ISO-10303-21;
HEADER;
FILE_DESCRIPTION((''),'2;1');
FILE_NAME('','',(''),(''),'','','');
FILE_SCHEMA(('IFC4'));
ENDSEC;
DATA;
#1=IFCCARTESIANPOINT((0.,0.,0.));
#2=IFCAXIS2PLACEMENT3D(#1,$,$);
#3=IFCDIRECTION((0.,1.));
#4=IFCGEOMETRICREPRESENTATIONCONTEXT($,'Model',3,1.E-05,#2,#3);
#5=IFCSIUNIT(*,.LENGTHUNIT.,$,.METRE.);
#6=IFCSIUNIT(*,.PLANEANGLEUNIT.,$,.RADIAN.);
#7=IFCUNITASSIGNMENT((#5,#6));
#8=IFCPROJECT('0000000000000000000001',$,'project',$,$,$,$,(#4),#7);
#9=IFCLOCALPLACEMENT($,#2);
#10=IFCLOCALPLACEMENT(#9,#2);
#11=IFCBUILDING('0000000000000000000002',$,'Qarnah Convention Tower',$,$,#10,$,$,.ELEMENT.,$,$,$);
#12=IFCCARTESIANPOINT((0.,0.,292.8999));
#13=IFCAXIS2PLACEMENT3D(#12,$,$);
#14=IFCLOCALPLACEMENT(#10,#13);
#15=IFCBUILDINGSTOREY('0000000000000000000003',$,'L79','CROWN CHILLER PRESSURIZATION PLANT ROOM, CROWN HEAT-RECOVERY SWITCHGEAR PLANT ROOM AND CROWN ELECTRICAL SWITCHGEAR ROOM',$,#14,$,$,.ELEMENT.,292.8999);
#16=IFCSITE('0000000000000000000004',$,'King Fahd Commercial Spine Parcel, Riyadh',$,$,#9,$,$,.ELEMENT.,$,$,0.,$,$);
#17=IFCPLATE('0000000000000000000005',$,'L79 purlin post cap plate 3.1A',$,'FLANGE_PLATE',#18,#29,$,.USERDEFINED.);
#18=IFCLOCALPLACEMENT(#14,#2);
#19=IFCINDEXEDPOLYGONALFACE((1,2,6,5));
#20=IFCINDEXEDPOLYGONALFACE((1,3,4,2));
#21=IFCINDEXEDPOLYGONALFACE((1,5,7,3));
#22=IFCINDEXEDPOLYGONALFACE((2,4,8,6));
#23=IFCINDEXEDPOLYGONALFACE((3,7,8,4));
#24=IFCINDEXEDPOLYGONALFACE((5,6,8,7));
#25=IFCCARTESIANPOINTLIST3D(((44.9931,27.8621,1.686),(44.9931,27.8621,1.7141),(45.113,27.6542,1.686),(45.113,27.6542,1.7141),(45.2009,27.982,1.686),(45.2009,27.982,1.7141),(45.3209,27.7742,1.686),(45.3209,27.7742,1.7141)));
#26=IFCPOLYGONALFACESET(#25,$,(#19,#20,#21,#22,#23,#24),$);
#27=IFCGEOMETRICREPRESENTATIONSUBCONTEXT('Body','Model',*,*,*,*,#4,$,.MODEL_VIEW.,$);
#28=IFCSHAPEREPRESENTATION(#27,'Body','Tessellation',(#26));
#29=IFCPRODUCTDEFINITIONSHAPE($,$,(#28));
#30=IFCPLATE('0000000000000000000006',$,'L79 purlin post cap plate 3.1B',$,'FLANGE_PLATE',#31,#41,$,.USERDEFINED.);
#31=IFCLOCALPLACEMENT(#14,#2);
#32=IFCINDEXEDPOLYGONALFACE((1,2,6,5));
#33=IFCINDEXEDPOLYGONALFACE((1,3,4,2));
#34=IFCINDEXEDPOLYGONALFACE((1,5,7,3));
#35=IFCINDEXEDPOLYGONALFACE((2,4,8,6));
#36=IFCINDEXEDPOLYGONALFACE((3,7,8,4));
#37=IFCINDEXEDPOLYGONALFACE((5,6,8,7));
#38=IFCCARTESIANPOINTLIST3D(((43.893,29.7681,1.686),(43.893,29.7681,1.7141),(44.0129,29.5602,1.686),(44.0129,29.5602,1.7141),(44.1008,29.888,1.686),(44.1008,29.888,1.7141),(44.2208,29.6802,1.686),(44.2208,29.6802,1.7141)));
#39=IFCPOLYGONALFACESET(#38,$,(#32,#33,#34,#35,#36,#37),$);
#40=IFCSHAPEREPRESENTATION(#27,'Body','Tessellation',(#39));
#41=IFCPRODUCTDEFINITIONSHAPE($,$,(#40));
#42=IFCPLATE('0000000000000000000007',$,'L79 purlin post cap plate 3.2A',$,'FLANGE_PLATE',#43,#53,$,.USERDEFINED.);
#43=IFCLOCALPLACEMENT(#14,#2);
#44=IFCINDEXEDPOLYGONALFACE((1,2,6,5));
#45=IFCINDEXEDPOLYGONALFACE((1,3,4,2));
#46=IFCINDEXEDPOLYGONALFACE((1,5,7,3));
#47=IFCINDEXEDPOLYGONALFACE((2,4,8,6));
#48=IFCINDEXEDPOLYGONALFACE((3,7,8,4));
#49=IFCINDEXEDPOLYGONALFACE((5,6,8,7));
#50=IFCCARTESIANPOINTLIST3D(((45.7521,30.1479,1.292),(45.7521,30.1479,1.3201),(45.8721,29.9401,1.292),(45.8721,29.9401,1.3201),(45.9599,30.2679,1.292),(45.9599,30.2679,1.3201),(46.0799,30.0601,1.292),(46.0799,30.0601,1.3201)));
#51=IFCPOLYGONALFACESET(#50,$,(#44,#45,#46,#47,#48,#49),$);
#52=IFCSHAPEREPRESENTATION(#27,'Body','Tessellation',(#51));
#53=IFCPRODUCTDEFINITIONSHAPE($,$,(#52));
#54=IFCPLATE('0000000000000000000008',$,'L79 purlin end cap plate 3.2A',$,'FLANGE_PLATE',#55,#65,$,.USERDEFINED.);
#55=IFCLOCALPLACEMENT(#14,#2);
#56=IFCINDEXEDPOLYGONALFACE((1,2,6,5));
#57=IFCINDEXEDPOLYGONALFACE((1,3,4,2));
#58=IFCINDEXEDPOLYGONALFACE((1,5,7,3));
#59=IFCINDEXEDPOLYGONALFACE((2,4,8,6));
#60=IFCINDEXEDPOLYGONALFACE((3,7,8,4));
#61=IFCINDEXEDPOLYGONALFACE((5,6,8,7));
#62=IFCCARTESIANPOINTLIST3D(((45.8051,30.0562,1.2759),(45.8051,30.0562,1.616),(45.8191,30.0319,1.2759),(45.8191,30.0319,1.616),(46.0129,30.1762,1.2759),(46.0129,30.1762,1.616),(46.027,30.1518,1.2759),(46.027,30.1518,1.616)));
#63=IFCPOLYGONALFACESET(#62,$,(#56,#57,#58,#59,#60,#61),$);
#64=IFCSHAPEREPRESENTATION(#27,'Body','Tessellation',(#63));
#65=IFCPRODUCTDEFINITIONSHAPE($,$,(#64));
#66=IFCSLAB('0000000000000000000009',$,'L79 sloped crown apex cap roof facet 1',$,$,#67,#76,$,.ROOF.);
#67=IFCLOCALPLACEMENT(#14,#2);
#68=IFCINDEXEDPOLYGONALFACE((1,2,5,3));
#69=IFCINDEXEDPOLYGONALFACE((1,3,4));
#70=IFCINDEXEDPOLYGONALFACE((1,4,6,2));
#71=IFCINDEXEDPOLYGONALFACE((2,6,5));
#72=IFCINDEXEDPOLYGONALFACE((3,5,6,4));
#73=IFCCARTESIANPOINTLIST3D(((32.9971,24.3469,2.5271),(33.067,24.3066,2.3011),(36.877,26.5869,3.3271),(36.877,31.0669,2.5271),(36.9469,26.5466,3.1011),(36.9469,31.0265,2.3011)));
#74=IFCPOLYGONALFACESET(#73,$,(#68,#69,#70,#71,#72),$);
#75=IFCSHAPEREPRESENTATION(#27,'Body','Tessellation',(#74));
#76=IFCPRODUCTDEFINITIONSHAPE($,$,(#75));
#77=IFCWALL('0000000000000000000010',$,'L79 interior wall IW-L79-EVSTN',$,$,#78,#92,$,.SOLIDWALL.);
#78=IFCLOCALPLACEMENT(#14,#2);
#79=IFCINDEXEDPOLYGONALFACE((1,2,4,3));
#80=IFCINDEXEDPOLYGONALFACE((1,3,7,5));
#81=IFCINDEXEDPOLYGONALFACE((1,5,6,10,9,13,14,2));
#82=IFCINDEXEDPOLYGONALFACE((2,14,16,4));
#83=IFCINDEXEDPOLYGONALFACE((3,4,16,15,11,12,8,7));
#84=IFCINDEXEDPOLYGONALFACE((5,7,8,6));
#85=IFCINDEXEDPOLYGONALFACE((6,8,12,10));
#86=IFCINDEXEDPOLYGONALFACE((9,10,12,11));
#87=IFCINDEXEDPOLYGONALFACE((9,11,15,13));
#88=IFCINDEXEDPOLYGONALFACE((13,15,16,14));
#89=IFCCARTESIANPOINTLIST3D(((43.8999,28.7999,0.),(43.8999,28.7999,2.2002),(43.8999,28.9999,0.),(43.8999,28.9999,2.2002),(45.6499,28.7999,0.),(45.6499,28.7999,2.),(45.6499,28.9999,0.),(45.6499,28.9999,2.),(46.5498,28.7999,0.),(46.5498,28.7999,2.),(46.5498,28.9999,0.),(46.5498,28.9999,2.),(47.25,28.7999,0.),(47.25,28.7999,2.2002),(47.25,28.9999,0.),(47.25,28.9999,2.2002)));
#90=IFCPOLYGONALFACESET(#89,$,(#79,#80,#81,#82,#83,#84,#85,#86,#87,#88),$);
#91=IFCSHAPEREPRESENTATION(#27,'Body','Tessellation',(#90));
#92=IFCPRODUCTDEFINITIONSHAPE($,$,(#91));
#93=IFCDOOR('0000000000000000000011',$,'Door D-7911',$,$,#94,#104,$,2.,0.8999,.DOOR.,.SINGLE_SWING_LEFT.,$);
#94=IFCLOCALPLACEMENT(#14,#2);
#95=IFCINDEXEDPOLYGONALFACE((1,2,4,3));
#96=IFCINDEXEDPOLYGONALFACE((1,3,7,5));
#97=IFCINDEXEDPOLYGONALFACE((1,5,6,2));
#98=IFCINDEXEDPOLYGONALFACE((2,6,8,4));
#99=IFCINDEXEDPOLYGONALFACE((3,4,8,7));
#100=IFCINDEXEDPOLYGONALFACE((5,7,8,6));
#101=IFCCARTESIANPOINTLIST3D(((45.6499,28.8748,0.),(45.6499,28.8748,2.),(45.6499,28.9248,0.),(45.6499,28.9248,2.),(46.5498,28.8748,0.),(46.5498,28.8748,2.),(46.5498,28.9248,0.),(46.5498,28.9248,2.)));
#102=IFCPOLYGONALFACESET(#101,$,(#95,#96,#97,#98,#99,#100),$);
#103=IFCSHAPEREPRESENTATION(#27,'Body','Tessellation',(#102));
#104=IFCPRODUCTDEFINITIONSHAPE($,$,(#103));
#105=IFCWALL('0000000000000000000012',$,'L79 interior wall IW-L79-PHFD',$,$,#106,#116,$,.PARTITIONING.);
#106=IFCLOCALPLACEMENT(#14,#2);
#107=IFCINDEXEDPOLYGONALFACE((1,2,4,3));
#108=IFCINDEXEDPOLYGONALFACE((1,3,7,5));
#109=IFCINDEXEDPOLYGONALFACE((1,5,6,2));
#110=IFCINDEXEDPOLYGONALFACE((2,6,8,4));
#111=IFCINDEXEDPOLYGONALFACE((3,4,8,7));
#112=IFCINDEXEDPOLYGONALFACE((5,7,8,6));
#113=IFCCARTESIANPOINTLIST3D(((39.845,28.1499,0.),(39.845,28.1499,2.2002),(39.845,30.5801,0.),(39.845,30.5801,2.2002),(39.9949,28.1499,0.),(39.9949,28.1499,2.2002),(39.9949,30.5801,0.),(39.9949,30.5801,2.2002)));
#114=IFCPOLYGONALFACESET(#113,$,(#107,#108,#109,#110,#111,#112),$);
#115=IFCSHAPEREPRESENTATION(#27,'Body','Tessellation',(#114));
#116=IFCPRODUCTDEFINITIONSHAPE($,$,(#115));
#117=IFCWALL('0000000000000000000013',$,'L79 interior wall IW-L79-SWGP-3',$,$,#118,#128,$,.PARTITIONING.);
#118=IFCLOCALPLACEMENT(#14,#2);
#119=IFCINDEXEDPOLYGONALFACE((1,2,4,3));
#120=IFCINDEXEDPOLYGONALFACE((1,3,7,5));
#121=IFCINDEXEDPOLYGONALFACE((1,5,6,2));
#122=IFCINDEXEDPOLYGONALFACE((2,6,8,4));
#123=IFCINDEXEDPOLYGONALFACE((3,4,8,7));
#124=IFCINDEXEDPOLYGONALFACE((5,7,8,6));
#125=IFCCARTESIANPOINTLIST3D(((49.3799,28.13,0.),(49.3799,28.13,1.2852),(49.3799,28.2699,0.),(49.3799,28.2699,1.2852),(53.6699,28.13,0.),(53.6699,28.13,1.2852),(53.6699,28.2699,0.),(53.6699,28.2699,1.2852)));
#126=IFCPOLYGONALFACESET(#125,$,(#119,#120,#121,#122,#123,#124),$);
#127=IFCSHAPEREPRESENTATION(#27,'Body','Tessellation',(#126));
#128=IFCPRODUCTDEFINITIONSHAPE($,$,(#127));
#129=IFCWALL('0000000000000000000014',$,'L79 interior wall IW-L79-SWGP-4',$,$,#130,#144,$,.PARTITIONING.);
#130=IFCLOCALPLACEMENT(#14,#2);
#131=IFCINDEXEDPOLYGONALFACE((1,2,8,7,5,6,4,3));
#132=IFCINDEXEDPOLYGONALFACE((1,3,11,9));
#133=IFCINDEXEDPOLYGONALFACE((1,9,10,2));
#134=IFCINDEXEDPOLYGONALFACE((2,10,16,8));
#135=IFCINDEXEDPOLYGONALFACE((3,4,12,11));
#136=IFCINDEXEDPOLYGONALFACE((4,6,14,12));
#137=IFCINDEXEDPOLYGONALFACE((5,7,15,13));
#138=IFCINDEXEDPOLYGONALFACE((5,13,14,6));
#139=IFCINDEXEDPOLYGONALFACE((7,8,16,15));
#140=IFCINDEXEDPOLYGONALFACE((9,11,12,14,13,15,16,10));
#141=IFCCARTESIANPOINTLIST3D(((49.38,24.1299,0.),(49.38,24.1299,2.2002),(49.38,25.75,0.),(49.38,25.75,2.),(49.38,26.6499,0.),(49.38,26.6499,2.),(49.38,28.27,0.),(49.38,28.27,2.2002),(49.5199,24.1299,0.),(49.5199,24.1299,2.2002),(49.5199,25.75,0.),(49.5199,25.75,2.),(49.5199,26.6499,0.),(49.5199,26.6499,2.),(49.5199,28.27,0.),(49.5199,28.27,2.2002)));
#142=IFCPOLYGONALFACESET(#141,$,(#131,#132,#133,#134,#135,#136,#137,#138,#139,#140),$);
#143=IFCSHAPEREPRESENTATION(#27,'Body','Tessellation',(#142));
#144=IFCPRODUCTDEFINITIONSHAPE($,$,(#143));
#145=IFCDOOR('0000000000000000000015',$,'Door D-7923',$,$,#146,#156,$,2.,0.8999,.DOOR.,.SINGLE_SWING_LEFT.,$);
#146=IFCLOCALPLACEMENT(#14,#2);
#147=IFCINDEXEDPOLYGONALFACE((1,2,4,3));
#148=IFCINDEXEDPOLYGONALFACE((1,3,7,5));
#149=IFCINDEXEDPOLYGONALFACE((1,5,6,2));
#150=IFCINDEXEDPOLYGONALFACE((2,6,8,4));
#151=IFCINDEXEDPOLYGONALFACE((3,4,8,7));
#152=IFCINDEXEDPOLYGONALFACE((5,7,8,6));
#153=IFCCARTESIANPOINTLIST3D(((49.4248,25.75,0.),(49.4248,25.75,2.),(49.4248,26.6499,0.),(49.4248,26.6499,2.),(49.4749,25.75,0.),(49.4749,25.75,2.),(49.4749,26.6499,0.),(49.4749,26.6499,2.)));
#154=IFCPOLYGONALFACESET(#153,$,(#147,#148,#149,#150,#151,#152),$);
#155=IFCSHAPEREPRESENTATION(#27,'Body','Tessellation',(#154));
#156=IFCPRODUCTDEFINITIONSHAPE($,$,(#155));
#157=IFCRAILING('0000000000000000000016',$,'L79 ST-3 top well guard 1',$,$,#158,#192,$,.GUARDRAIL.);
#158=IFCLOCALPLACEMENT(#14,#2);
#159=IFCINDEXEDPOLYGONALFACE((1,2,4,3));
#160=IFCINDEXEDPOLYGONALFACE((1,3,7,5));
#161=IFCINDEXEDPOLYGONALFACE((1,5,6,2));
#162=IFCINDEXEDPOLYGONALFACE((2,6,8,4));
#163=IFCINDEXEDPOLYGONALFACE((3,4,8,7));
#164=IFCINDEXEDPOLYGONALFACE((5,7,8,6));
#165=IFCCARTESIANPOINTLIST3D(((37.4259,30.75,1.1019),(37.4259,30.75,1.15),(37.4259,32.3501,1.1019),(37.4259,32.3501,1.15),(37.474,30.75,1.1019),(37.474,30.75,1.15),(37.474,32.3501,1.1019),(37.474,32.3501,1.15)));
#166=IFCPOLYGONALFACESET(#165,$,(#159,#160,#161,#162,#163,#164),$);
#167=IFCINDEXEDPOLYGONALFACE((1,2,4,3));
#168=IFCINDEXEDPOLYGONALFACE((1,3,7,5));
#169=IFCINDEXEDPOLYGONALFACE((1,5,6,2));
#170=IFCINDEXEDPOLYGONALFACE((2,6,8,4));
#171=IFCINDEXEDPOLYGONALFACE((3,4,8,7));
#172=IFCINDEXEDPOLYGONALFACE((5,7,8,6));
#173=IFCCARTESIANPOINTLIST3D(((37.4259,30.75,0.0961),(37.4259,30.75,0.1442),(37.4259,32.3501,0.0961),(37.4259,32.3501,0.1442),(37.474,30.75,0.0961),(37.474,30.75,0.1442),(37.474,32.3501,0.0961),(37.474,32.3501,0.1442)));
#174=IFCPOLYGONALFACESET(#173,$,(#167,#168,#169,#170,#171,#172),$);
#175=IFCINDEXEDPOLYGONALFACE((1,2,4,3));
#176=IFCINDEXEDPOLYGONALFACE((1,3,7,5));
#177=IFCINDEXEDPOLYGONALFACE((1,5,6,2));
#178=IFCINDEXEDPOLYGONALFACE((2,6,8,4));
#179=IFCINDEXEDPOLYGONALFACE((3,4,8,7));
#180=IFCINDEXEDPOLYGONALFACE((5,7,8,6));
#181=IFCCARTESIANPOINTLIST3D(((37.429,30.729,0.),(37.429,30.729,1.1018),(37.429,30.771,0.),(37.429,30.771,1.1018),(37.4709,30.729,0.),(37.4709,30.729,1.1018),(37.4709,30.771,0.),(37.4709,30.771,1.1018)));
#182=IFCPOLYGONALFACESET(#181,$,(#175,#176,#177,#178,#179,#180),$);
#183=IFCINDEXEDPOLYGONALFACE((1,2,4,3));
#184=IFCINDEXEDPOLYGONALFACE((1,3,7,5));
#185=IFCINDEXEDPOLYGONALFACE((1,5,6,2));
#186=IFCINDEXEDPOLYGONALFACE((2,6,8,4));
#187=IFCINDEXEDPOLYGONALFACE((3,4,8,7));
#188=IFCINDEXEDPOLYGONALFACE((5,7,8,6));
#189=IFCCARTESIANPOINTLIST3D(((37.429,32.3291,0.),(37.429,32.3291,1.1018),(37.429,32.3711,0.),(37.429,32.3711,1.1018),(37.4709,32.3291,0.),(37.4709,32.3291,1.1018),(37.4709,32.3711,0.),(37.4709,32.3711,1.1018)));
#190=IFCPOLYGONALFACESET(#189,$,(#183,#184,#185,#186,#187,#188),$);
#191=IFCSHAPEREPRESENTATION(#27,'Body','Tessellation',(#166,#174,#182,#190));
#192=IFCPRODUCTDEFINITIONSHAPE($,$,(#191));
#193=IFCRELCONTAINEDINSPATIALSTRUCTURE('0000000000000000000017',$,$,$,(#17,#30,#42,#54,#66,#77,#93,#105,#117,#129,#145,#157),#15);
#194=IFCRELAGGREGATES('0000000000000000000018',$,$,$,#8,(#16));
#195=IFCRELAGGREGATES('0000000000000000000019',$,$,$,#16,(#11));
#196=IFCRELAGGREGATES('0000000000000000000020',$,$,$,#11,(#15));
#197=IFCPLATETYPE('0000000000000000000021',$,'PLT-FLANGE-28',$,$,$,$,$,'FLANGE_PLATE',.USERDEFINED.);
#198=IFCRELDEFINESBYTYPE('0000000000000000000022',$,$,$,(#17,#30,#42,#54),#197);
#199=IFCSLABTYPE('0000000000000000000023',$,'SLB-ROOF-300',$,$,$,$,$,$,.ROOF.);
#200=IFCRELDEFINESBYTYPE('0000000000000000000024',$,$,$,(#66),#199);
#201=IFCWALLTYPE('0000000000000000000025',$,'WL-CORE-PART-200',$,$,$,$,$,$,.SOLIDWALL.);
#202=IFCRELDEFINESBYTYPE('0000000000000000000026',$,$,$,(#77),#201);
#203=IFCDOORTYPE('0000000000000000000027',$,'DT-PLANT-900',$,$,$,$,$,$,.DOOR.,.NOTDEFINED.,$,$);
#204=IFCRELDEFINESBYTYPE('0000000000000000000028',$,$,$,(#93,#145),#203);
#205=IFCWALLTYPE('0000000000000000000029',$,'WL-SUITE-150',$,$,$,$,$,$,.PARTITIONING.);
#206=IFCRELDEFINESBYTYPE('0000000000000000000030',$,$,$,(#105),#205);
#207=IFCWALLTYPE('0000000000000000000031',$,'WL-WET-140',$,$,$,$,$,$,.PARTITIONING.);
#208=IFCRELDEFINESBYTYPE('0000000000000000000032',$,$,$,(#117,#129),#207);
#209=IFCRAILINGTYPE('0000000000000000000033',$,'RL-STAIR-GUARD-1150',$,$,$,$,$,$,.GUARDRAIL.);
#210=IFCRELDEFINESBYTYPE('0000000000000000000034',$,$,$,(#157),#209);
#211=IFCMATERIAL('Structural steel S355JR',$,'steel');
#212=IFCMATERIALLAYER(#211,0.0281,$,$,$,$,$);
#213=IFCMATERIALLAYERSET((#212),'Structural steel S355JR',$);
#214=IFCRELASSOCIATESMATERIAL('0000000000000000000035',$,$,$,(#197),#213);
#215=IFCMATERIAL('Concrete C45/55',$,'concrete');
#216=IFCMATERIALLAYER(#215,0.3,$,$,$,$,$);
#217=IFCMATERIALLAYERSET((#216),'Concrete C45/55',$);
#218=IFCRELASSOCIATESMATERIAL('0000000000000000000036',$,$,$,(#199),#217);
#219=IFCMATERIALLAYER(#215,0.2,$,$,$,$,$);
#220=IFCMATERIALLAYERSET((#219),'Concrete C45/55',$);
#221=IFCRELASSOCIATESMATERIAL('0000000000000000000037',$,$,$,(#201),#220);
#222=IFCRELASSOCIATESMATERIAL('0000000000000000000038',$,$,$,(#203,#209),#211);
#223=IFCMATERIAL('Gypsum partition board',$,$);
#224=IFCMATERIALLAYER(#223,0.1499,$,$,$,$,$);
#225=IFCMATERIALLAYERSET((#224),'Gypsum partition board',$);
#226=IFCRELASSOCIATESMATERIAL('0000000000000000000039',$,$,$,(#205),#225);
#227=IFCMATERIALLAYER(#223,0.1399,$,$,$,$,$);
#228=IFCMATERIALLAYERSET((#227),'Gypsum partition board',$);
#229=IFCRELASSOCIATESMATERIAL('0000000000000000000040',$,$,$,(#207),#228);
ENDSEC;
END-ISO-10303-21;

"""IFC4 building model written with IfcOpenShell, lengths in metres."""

from ifc_helpers import new_model, si_unit, direction, frame, frame_2d, origin, origin_2d, place, context, subcontext, project, spatial, polyline, rectangle, outline, extrude, material, layer, layer_set, type_object, element, fill, save


model = new_model("IFC4")

# Units and contexts
model_context = context("Model", 3, precision=1e-05, world=origin(), true_north=direction((0.0, 1.0)))
body_context = subcontext(model_context, "Body", "Model", "MODEL_VIEW")
ifc_project = project(units=[si_unit("LENGTHUNIT", "METRE"), si_unit("PLANEANGLEUNIT", "RADIAN")], contexts=[model_context])

# Site, building, storey
site_placement = place(None, origin())
site = spatial("IfcSite", under=ifc_project, at=site_placement, Name="King Fahd Commercial Spine Parcel, Riyadh", CompositionType="ELEMENT", RefElevation=0.0)
building_placement = place(site_placement, origin())
building = spatial("IfcBuilding", under=site, at=building_placement, Name="Qarnah Convention Tower", CompositionType="ELEMENT")
storey_placement = place(building_placement, frame((0.0, 0.0, 292.8999)))
storey = spatial("IfcBuildingStorey", under=building, at=storey_placement, Name="L79", Description="CROWN CHILLER PRESSURIZATION PLANT ROOM, CROWN HEAT-RECOVERY SWITCHGEAR PLANT ROOM AND CROWN ELECTRICAL SWITCHGEAR ROOM", CompositionType="ELEMENT", Elevation=292.8999)

# Shared definitions
ifc_material_1 = material(Name="Structural steel S355JR", Category="steel")

# Plates
ifc_layer_1 = layer(ifc_material_1, 0.0281)
ifc_layer_set_1 = layer_set([ifc_layer_1], Name="Structural steel S355JR")
plate_type_1 = type_object("IfcPlateType", Name="PLT-FLANGE-28", ElementType="FLANGE_PLATE", PredefinedType="USERDEFINED", material=ifc_layer_set_1)
for number, where, z_axis, x_axis, name in (
    (1, (45.157, 27.8181, 1.686), (0.0, 0.0, 1.0), (-0.499853, 0.86611, 0.0), "L79 purlin post cap plate 3.1A"),
    (2, (44.0569, 29.7241, 1.686), (0.0, 0.0, 1.0), (-0.499853, 0.86611, 0.0), "L79 purlin post cap plate 3.1B"),
    (3, (45.916, 30.104, 1.292), (0.0, 0.0, 1.0), (-0.499973, 0.866041, 0.0), "L79 purlin post cap plate 3.2A"),
):
    element("IfcPlate", number, at=place(storey_placement, frame(where, z_axis=z_axis, x_axis=x_axis)), inside=storey, type_object=plate_type_1, Name=name, ObjectType="FLANGE_PLATE", PredefinedType="USERDEFINED", context=body_context, shape_type="SweptSolid", body=[
        extrude(rectangle(XDim=0.24, YDim=0.24, at=origin_2d()), origin(), (0.0, 0.0, 1.0), 0.0281),
    ])
plate_placement = place(storey_placement, frame((45.916, 30.104, 1.2759), z_axis=(0.0, 0.0, 1.0), x_axis=(-0.499973, 0.866041, 0.0)))
element("IfcPlate", 4, at=plate_placement, inside=storey, type_object=plate_type_1, Name="L79 purlin end cap plate 3.2A", ObjectType="FLANGE_PLATE", PredefinedType="USERDEFINED", context=body_context, shape_type="SweptSolid", body=[
    extrude(rectangle(XDim=0.0281, YDim=0.24, at=origin_2d()), origin(), (0.0, 0.0, 1.0), 0.3401),
])

# Slab
ifc_material_2 = material(Name="Concrete C45/55", Category="concrete")
ifc_layer_2 = layer(ifc_material_2, 0.3)
ifc_layer_set_2 = layer_set([ifc_layer_2], Name="Concrete C45/55")
slab_type = type_object("IfcSlabType", Name="SLB-ROOF-300", PredefinedType="ROOF", material=ifc_layer_set_2)
slab_placement = place(storey_placement, frame((36.877, 31.0669, 2.5271), z_axis=(-0.291285, 0.168178, 0.941737), x_axis=(-0.50001, -0.866019, 0.0)))
element("IfcSlab", 5, at=slab_placement, inside=storey, type_object=slab_type, Name="L79 sloped crown apex cap roof facet 1", PredefinedType="ROOF", context=body_context, shape_type="SweptSolid", body=[
    extrude(outline(polyline([(0.0, 0.0), (7.7596, 0.0), (3.8798, 2.3786), (0.0, 0.0)])), origin(), (0.0, 0.0, -1.0), 0.24),
])

# Wall, opening, door
ifc_layer_3 = layer(ifc_material_2, 0.2)
ifc_layer_set_3 = layer_set([ifc_layer_3], Name="Concrete C45/55")
wall_type_1 = type_object("IfcWallType", Name="WL-CORE-PART-200", PredefinedType="SOLIDWALL", material=ifc_layer_set_3)
wall_1_placement = place(storey_placement, frame((43.8999, 28.8999, 0.0), z_axis=(0.0, 0.0, 1.0), x_axis=(1.0, 0.0, 0.0)))
wall_1 = element("IfcWall", 6, at=wall_1_placement, inside=storey, type_object=wall_type_1, Name="L79 interior wall IW-L79-EVSTN", PredefinedType="SOLIDWALL", context=body_context, shape_type="SweptSolid", body=[
    extrude(rectangle(XDim=3.3501, YDim=0.2, at=frame_2d((1.675, 0.0))), origin(), (0.0, 0.0, 1.0), 2.2002),
])
opening_1_placement = place(wall_1_placement, frame((1.75, 0.0, 0.0)))
opening_1 = element("IfcOpeningElement", 7, at=opening_1_placement, cuts=wall_1, PredefinedType="OPENING", context=body_context, shape_type="SweptSolid", body=[
    extrude(rectangle(XDim=0.8999, YDim=2.0, at=frame_2d((0.45, 1.0))), frame((0.0, 0.1099, 0.0), z_axis=(0.0, -1.0, 0.0), x_axis=(1.0, 0.0, 0.0)), (0.0, 0.0, 1.0), 0.22),
])
door_type = type_object("IfcDoorType", Name="DT-PLANT-900", OperationType="NOTDEFINED", PredefinedType="DOOR", material=ifc_material_1)
door_1_placement = place(opening_1_placement, origin())
door_1 = element("IfcDoor", 8, at=door_1_placement, inside=storey, type_object=door_type, Name="Door D-7911", OperationType="SINGLE_SWING_LEFT", OverallHeight=2.0, OverallWidth=0.8999, PredefinedType="DOOR", context=body_context, shape_type="SweptSolid", body=[
    extrude(rectangle(XDim=0.8999, YDim=2.0, at=frame_2d((0.45, 1.0))), frame((0.0, 0.0249, 0.0), z_axis=(0.0, -1.0, 0.0), x_axis=(1.0, 0.0, 0.0)), (0.0, 0.0, 1.0), 0.05),
])
fill(opening_1, door_1)

# Walls
ifc_material_3 = material(Name="Gypsum partition board")
ifc_layer_4 = layer(ifc_material_3, 0.1499)
ifc_layer_set_4 = layer_set([ifc_layer_4], Name="Gypsum partition board")
wall_type_2 = type_object("IfcWallType", Name="WL-SUITE-150", PredefinedType="PARTITIONING", material=ifc_layer_set_4)
wall_2_placement = place(storey_placement, frame((39.9199, 28.1499, 0.0), z_axis=(0.0, 0.0, 1.0), x_axis=(0.0, 1.0, 0.0)))
element("IfcWall", 9, at=wall_2_placement, inside=storey, type_object=wall_type_2, Name="L79 interior wall IW-L79-PHFD", PredefinedType="PARTITIONING", context=body_context, shape_type="SweptSolid", body=[
    extrude(rectangle(XDim=2.4302, YDim=0.1499, at=frame_2d((1.2151, 0.0))), origin(), (0.0, 0.0, 1.0), 2.2002),
])
ifc_layer_5 = layer(ifc_material_3, 0.1399)
ifc_layer_set_5 = layer_set([ifc_layer_5], Name="Gypsum partition board")
wall_type_3 = type_object("IfcWallType", Name="WL-WET-140", PredefinedType="PARTITIONING", material=ifc_layer_set_5)
wall_3_placement = place(storey_placement, frame((53.6699, 28.2, 0.0), z_axis=(0.0, 0.0, 1.0), x_axis=(-1.0, 0.0, 0.0)))
element("IfcWall", 10, at=wall_3_placement, inside=storey, type_object=wall_type_3, Name="L79 interior wall IW-L79-SWGP-3", PredefinedType="PARTITIONING", context=body_context, shape_type="SweptSolid", body=[
    extrude(rectangle(XDim=4.29, YDim=0.1399, at=frame_2d((2.145, 0.0))), origin(), (0.0, 0.0, 1.0), 1.2852),
])

# Wall, opening, door
wall_4_placement = place(storey_placement, frame((49.45, 28.27, 0.0), z_axis=(0.0, 0.0, 1.0), x_axis=(0.0, -1.0, 0.0)))
wall_4 = element("IfcWall", 11, at=wall_4_placement, inside=storey, type_object=wall_type_3, Name="L79 interior wall IW-L79-SWGP-4", PredefinedType="PARTITIONING", context=body_context, shape_type="SweptSolid", body=[
    extrude(rectangle(XDim=4.1401, YDim=0.1399, at=frame_2d((2.0701, 0.0))), origin(), (0.0, 0.0, 1.0), 2.2002),
])
opening_2_placement = place(wall_4_placement, frame((1.6201, 0.0, 0.0)))
opening_2 = element("IfcOpeningElement", 12, at=opening_2_placement, cuts=wall_4, PredefinedType="OPENING", context=body_context, shape_type="SweptSolid", body=[
    extrude(rectangle(XDim=0.8999, YDim=2.0, at=frame_2d((0.45, 1.0))), frame((0.0, 0.0798, 0.0), z_axis=(0.0, -1.0, 0.0), x_axis=(1.0, 0.0, 0.0)), (0.0, 0.0, 1.0), 0.1599),
])
door_2_placement = place(opening_2_placement, origin())
door_2 = element("IfcDoor", 13, at=door_2_placement, inside=storey, type_object=door_type, Name="Door D-7923", OperationType="SINGLE_SWING_LEFT", OverallHeight=2.0, OverallWidth=0.8999, PredefinedType="DOOR", context=body_context, shape_type="SweptSolid", body=[
    extrude(rectangle(XDim=0.8999, YDim=2.0, at=frame_2d((0.45, 1.0))), frame((0.0, 0.0249, 0.0), z_axis=(0.0, -1.0, 0.0), x_axis=(1.0, 0.0, 0.0)), (0.0, 0.0, 1.0), 0.05),
])
fill(opening_2, door_2)

# Railing
railing_type = type_object("IfcRailingType", Name="RL-STAIR-GUARD-1150", PredefinedType="GUARDRAIL", material=ifc_material_1)
railing_placement = place(storey_placement, frame((37.45, 30.75, 0.0)))
element("IfcRailing", 14, at=railing_placement, inside=storey, type_object=railing_type, Name="L79 ST-3 top well guard 1", PredefinedType="GUARDRAIL", context=body_context, shape_type="SweptSolid", body=[
    extrude(rectangle(XDim=0.0481, YDim=0.0481, at=origin_2d()), frame((0.0, 0.0, 1.126), z_axis=(0.0, 1.0, 0.0), x_axis=(-1.0, 0.0, 0.0)), (0.0, 0.0, 1.0), 1.6001),
    extrude(rectangle(XDim=0.0481, YDim=0.0481, at=origin_2d()), frame((0.0, 0.0, 0.1201), z_axis=(0.0, 1.0, 0.0), x_axis=(-1.0, 0.0, 0.0)), (0.0, 0.0, 1.0), 1.6001),
    extrude(rectangle(XDim=0.042, YDim=0.042, at=origin_2d()), origin(), (0.0, 0.0, 1.0), 1.1018),
    extrude(rectangle(XDim=0.042, YDim=0.042, at=origin_2d()), frame((0.0, 1.6001, 0.0)), (0.0, 0.0, 1.0), 1.1018),
])

save(model, "model.ifc")
